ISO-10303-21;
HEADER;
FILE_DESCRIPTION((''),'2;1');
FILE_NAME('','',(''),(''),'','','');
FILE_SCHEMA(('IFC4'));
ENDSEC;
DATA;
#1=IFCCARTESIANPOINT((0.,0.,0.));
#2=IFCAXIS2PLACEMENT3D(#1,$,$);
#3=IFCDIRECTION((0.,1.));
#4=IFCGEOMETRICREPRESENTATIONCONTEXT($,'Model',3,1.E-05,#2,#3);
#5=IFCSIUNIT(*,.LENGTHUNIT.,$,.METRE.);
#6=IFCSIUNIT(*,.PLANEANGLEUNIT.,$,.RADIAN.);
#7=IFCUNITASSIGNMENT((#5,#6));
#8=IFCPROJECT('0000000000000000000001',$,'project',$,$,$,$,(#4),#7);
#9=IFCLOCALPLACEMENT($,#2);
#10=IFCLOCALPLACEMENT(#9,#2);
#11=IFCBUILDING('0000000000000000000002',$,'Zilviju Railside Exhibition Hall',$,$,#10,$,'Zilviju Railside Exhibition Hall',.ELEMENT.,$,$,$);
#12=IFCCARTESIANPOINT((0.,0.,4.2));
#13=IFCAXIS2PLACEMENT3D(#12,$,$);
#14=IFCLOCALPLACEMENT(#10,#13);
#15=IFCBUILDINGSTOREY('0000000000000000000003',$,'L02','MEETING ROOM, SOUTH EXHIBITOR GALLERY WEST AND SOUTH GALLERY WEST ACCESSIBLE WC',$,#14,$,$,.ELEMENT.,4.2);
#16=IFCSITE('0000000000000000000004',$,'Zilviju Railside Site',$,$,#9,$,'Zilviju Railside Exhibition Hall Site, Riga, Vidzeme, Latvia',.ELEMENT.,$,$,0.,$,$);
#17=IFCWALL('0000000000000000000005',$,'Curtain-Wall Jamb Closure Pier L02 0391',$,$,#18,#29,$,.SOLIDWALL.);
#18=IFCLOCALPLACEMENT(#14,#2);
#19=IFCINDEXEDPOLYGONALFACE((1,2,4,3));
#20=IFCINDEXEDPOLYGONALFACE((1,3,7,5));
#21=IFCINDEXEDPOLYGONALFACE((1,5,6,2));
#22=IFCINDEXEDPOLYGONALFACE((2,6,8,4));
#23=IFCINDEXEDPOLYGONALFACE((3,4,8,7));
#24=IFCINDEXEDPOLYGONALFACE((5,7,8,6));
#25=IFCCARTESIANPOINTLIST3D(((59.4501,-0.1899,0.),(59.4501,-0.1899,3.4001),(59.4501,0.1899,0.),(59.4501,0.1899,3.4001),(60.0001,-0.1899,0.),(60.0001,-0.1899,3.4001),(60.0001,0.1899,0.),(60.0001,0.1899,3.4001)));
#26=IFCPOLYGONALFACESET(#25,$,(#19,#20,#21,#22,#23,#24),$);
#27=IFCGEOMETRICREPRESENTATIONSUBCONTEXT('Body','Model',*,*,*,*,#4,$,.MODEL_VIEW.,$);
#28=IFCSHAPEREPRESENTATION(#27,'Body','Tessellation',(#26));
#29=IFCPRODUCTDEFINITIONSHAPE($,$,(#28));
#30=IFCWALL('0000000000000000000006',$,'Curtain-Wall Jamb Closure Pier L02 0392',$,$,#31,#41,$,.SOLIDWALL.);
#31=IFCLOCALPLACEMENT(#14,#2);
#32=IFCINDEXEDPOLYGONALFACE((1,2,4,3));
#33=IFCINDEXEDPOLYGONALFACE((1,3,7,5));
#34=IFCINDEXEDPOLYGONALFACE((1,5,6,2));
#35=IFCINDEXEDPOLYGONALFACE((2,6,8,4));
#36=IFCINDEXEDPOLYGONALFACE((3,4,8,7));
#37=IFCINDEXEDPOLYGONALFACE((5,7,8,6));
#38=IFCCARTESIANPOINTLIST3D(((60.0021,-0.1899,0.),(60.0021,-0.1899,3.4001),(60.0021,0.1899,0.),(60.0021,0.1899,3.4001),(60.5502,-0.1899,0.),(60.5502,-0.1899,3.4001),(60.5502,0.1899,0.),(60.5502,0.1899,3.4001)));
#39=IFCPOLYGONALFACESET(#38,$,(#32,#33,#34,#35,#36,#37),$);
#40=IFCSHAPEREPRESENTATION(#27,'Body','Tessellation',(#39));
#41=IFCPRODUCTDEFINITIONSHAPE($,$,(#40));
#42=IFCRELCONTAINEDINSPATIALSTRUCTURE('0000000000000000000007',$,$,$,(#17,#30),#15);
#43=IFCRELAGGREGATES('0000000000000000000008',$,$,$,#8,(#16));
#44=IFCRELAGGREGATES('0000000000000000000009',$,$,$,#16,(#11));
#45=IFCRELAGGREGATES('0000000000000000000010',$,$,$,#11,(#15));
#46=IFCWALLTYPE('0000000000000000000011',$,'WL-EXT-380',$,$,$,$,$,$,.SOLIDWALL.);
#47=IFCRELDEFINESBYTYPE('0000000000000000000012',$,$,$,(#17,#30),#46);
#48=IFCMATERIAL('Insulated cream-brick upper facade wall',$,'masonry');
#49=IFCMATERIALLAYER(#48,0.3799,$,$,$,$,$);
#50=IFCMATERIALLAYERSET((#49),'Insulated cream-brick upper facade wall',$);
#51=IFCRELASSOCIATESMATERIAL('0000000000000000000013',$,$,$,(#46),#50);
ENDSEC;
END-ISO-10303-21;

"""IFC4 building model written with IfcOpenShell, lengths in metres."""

from ifc_helpers import new_model, si_unit, direction, frame, frame_2d, origin, place, context, subcontext, project, spatial, rectangle, extrude, material, layer, layer_set, type_object, element, save


model = new_model("IFC4")

# Units and contexts
model_context = context("Model", 3, precision=1e-05, world=origin(), true_north=direction((0.0, 1.0)))
body_context = subcontext(model_context, "Body", "Model", "MODEL_VIEW")
ifc_project = project(units=[si_unit("LENGTHUNIT", "METRE"), si_unit("PLANEANGLEUNIT", "RADIAN")], contexts=[model_context])

# Site, building, storey
site_placement = place(None, origin())
site = spatial("IfcSite", under=ifc_project, at=site_placement, Name="Zilviju Railside Site", LongName="Zilviju Railside Exhibition Hall Site, Riga, Vidzeme, Latvia", CompositionType="ELEMENT", RefElevation=0.0)
building_placement = place(site_placement, origin())
building = spatial("IfcBuilding", under=site, at=building_placement, Name="Zilviju Railside Exhibition Hall", LongName="Zilviju Railside Exhibition Hall", CompositionType="ELEMENT")
storey_placement = place(building_placement, frame((0.0, 0.0, 4.2)))
storey = spatial("IfcBuildingStorey", under=building, at=storey_placement, Name="L02", Description="MEETING ROOM, SOUTH EXHIBITOR GALLERY WEST AND SOUTH GALLERY WEST ACCESSIBLE WC", CompositionType="ELEMENT", Elevation=4.2)

# Walls
ifc_material_1 = material(Name="Insulated cream-brick upper facade wall", Category="masonry")
ifc_layer_1 = layer(ifc_material_1, 0.3799)
ifc_layer_set_1 = layer_set([ifc_layer_1], Name="Insulated cream-brick upper facade wall")
wall_type = type_object("IfcWallType", Name="WL-EXT-380", PredefinedType="SOLIDWALL", material=ifc_layer_set_1)
wall_1_placement = place(storey_placement, frame((60.0, 0.0, 0.0), z_axis=(0.0, 0.0, 1.0), x_axis=(-1.0, 0.0, 0.0)))
element("IfcWall", 1, at=wall_1_placement, inside=storey, type_object=wall_type, Name="Curtain-Wall Jamb Closure Pier L02 0391", PredefinedType="SOLIDWALL", context=body_context, shape_type="SweptSolid", body=[
    extrude(rectangle(XDim=0.55, YDim=0.3799, at=frame_2d((0.2749, 0.0))), origin(), (0.0, 0.0, 1.0), 3.4001),
])
wall_2_placement = place(storey_placement, frame((60.55, 0.0, 0.0), z_axis=(0.0, 0.0, 1.0), x_axis=(-1.0, 0.0, 0.0)))
element("IfcWall", 2, at=wall_2_placement, inside=storey, type_object=wall_type, Name="Curtain-Wall Jamb Closure Pier L02 0392", PredefinedType="SOLIDWALL", context=body_context, shape_type="SweptSolid", body=[
    extrude(rectangle(XDim=0.5481, YDim=0.3799, at=frame_2d((0.2739, 0.0))), origin(), (0.0, 0.0, 1.0), 3.4001),
])

save(model, "model.ifc")
